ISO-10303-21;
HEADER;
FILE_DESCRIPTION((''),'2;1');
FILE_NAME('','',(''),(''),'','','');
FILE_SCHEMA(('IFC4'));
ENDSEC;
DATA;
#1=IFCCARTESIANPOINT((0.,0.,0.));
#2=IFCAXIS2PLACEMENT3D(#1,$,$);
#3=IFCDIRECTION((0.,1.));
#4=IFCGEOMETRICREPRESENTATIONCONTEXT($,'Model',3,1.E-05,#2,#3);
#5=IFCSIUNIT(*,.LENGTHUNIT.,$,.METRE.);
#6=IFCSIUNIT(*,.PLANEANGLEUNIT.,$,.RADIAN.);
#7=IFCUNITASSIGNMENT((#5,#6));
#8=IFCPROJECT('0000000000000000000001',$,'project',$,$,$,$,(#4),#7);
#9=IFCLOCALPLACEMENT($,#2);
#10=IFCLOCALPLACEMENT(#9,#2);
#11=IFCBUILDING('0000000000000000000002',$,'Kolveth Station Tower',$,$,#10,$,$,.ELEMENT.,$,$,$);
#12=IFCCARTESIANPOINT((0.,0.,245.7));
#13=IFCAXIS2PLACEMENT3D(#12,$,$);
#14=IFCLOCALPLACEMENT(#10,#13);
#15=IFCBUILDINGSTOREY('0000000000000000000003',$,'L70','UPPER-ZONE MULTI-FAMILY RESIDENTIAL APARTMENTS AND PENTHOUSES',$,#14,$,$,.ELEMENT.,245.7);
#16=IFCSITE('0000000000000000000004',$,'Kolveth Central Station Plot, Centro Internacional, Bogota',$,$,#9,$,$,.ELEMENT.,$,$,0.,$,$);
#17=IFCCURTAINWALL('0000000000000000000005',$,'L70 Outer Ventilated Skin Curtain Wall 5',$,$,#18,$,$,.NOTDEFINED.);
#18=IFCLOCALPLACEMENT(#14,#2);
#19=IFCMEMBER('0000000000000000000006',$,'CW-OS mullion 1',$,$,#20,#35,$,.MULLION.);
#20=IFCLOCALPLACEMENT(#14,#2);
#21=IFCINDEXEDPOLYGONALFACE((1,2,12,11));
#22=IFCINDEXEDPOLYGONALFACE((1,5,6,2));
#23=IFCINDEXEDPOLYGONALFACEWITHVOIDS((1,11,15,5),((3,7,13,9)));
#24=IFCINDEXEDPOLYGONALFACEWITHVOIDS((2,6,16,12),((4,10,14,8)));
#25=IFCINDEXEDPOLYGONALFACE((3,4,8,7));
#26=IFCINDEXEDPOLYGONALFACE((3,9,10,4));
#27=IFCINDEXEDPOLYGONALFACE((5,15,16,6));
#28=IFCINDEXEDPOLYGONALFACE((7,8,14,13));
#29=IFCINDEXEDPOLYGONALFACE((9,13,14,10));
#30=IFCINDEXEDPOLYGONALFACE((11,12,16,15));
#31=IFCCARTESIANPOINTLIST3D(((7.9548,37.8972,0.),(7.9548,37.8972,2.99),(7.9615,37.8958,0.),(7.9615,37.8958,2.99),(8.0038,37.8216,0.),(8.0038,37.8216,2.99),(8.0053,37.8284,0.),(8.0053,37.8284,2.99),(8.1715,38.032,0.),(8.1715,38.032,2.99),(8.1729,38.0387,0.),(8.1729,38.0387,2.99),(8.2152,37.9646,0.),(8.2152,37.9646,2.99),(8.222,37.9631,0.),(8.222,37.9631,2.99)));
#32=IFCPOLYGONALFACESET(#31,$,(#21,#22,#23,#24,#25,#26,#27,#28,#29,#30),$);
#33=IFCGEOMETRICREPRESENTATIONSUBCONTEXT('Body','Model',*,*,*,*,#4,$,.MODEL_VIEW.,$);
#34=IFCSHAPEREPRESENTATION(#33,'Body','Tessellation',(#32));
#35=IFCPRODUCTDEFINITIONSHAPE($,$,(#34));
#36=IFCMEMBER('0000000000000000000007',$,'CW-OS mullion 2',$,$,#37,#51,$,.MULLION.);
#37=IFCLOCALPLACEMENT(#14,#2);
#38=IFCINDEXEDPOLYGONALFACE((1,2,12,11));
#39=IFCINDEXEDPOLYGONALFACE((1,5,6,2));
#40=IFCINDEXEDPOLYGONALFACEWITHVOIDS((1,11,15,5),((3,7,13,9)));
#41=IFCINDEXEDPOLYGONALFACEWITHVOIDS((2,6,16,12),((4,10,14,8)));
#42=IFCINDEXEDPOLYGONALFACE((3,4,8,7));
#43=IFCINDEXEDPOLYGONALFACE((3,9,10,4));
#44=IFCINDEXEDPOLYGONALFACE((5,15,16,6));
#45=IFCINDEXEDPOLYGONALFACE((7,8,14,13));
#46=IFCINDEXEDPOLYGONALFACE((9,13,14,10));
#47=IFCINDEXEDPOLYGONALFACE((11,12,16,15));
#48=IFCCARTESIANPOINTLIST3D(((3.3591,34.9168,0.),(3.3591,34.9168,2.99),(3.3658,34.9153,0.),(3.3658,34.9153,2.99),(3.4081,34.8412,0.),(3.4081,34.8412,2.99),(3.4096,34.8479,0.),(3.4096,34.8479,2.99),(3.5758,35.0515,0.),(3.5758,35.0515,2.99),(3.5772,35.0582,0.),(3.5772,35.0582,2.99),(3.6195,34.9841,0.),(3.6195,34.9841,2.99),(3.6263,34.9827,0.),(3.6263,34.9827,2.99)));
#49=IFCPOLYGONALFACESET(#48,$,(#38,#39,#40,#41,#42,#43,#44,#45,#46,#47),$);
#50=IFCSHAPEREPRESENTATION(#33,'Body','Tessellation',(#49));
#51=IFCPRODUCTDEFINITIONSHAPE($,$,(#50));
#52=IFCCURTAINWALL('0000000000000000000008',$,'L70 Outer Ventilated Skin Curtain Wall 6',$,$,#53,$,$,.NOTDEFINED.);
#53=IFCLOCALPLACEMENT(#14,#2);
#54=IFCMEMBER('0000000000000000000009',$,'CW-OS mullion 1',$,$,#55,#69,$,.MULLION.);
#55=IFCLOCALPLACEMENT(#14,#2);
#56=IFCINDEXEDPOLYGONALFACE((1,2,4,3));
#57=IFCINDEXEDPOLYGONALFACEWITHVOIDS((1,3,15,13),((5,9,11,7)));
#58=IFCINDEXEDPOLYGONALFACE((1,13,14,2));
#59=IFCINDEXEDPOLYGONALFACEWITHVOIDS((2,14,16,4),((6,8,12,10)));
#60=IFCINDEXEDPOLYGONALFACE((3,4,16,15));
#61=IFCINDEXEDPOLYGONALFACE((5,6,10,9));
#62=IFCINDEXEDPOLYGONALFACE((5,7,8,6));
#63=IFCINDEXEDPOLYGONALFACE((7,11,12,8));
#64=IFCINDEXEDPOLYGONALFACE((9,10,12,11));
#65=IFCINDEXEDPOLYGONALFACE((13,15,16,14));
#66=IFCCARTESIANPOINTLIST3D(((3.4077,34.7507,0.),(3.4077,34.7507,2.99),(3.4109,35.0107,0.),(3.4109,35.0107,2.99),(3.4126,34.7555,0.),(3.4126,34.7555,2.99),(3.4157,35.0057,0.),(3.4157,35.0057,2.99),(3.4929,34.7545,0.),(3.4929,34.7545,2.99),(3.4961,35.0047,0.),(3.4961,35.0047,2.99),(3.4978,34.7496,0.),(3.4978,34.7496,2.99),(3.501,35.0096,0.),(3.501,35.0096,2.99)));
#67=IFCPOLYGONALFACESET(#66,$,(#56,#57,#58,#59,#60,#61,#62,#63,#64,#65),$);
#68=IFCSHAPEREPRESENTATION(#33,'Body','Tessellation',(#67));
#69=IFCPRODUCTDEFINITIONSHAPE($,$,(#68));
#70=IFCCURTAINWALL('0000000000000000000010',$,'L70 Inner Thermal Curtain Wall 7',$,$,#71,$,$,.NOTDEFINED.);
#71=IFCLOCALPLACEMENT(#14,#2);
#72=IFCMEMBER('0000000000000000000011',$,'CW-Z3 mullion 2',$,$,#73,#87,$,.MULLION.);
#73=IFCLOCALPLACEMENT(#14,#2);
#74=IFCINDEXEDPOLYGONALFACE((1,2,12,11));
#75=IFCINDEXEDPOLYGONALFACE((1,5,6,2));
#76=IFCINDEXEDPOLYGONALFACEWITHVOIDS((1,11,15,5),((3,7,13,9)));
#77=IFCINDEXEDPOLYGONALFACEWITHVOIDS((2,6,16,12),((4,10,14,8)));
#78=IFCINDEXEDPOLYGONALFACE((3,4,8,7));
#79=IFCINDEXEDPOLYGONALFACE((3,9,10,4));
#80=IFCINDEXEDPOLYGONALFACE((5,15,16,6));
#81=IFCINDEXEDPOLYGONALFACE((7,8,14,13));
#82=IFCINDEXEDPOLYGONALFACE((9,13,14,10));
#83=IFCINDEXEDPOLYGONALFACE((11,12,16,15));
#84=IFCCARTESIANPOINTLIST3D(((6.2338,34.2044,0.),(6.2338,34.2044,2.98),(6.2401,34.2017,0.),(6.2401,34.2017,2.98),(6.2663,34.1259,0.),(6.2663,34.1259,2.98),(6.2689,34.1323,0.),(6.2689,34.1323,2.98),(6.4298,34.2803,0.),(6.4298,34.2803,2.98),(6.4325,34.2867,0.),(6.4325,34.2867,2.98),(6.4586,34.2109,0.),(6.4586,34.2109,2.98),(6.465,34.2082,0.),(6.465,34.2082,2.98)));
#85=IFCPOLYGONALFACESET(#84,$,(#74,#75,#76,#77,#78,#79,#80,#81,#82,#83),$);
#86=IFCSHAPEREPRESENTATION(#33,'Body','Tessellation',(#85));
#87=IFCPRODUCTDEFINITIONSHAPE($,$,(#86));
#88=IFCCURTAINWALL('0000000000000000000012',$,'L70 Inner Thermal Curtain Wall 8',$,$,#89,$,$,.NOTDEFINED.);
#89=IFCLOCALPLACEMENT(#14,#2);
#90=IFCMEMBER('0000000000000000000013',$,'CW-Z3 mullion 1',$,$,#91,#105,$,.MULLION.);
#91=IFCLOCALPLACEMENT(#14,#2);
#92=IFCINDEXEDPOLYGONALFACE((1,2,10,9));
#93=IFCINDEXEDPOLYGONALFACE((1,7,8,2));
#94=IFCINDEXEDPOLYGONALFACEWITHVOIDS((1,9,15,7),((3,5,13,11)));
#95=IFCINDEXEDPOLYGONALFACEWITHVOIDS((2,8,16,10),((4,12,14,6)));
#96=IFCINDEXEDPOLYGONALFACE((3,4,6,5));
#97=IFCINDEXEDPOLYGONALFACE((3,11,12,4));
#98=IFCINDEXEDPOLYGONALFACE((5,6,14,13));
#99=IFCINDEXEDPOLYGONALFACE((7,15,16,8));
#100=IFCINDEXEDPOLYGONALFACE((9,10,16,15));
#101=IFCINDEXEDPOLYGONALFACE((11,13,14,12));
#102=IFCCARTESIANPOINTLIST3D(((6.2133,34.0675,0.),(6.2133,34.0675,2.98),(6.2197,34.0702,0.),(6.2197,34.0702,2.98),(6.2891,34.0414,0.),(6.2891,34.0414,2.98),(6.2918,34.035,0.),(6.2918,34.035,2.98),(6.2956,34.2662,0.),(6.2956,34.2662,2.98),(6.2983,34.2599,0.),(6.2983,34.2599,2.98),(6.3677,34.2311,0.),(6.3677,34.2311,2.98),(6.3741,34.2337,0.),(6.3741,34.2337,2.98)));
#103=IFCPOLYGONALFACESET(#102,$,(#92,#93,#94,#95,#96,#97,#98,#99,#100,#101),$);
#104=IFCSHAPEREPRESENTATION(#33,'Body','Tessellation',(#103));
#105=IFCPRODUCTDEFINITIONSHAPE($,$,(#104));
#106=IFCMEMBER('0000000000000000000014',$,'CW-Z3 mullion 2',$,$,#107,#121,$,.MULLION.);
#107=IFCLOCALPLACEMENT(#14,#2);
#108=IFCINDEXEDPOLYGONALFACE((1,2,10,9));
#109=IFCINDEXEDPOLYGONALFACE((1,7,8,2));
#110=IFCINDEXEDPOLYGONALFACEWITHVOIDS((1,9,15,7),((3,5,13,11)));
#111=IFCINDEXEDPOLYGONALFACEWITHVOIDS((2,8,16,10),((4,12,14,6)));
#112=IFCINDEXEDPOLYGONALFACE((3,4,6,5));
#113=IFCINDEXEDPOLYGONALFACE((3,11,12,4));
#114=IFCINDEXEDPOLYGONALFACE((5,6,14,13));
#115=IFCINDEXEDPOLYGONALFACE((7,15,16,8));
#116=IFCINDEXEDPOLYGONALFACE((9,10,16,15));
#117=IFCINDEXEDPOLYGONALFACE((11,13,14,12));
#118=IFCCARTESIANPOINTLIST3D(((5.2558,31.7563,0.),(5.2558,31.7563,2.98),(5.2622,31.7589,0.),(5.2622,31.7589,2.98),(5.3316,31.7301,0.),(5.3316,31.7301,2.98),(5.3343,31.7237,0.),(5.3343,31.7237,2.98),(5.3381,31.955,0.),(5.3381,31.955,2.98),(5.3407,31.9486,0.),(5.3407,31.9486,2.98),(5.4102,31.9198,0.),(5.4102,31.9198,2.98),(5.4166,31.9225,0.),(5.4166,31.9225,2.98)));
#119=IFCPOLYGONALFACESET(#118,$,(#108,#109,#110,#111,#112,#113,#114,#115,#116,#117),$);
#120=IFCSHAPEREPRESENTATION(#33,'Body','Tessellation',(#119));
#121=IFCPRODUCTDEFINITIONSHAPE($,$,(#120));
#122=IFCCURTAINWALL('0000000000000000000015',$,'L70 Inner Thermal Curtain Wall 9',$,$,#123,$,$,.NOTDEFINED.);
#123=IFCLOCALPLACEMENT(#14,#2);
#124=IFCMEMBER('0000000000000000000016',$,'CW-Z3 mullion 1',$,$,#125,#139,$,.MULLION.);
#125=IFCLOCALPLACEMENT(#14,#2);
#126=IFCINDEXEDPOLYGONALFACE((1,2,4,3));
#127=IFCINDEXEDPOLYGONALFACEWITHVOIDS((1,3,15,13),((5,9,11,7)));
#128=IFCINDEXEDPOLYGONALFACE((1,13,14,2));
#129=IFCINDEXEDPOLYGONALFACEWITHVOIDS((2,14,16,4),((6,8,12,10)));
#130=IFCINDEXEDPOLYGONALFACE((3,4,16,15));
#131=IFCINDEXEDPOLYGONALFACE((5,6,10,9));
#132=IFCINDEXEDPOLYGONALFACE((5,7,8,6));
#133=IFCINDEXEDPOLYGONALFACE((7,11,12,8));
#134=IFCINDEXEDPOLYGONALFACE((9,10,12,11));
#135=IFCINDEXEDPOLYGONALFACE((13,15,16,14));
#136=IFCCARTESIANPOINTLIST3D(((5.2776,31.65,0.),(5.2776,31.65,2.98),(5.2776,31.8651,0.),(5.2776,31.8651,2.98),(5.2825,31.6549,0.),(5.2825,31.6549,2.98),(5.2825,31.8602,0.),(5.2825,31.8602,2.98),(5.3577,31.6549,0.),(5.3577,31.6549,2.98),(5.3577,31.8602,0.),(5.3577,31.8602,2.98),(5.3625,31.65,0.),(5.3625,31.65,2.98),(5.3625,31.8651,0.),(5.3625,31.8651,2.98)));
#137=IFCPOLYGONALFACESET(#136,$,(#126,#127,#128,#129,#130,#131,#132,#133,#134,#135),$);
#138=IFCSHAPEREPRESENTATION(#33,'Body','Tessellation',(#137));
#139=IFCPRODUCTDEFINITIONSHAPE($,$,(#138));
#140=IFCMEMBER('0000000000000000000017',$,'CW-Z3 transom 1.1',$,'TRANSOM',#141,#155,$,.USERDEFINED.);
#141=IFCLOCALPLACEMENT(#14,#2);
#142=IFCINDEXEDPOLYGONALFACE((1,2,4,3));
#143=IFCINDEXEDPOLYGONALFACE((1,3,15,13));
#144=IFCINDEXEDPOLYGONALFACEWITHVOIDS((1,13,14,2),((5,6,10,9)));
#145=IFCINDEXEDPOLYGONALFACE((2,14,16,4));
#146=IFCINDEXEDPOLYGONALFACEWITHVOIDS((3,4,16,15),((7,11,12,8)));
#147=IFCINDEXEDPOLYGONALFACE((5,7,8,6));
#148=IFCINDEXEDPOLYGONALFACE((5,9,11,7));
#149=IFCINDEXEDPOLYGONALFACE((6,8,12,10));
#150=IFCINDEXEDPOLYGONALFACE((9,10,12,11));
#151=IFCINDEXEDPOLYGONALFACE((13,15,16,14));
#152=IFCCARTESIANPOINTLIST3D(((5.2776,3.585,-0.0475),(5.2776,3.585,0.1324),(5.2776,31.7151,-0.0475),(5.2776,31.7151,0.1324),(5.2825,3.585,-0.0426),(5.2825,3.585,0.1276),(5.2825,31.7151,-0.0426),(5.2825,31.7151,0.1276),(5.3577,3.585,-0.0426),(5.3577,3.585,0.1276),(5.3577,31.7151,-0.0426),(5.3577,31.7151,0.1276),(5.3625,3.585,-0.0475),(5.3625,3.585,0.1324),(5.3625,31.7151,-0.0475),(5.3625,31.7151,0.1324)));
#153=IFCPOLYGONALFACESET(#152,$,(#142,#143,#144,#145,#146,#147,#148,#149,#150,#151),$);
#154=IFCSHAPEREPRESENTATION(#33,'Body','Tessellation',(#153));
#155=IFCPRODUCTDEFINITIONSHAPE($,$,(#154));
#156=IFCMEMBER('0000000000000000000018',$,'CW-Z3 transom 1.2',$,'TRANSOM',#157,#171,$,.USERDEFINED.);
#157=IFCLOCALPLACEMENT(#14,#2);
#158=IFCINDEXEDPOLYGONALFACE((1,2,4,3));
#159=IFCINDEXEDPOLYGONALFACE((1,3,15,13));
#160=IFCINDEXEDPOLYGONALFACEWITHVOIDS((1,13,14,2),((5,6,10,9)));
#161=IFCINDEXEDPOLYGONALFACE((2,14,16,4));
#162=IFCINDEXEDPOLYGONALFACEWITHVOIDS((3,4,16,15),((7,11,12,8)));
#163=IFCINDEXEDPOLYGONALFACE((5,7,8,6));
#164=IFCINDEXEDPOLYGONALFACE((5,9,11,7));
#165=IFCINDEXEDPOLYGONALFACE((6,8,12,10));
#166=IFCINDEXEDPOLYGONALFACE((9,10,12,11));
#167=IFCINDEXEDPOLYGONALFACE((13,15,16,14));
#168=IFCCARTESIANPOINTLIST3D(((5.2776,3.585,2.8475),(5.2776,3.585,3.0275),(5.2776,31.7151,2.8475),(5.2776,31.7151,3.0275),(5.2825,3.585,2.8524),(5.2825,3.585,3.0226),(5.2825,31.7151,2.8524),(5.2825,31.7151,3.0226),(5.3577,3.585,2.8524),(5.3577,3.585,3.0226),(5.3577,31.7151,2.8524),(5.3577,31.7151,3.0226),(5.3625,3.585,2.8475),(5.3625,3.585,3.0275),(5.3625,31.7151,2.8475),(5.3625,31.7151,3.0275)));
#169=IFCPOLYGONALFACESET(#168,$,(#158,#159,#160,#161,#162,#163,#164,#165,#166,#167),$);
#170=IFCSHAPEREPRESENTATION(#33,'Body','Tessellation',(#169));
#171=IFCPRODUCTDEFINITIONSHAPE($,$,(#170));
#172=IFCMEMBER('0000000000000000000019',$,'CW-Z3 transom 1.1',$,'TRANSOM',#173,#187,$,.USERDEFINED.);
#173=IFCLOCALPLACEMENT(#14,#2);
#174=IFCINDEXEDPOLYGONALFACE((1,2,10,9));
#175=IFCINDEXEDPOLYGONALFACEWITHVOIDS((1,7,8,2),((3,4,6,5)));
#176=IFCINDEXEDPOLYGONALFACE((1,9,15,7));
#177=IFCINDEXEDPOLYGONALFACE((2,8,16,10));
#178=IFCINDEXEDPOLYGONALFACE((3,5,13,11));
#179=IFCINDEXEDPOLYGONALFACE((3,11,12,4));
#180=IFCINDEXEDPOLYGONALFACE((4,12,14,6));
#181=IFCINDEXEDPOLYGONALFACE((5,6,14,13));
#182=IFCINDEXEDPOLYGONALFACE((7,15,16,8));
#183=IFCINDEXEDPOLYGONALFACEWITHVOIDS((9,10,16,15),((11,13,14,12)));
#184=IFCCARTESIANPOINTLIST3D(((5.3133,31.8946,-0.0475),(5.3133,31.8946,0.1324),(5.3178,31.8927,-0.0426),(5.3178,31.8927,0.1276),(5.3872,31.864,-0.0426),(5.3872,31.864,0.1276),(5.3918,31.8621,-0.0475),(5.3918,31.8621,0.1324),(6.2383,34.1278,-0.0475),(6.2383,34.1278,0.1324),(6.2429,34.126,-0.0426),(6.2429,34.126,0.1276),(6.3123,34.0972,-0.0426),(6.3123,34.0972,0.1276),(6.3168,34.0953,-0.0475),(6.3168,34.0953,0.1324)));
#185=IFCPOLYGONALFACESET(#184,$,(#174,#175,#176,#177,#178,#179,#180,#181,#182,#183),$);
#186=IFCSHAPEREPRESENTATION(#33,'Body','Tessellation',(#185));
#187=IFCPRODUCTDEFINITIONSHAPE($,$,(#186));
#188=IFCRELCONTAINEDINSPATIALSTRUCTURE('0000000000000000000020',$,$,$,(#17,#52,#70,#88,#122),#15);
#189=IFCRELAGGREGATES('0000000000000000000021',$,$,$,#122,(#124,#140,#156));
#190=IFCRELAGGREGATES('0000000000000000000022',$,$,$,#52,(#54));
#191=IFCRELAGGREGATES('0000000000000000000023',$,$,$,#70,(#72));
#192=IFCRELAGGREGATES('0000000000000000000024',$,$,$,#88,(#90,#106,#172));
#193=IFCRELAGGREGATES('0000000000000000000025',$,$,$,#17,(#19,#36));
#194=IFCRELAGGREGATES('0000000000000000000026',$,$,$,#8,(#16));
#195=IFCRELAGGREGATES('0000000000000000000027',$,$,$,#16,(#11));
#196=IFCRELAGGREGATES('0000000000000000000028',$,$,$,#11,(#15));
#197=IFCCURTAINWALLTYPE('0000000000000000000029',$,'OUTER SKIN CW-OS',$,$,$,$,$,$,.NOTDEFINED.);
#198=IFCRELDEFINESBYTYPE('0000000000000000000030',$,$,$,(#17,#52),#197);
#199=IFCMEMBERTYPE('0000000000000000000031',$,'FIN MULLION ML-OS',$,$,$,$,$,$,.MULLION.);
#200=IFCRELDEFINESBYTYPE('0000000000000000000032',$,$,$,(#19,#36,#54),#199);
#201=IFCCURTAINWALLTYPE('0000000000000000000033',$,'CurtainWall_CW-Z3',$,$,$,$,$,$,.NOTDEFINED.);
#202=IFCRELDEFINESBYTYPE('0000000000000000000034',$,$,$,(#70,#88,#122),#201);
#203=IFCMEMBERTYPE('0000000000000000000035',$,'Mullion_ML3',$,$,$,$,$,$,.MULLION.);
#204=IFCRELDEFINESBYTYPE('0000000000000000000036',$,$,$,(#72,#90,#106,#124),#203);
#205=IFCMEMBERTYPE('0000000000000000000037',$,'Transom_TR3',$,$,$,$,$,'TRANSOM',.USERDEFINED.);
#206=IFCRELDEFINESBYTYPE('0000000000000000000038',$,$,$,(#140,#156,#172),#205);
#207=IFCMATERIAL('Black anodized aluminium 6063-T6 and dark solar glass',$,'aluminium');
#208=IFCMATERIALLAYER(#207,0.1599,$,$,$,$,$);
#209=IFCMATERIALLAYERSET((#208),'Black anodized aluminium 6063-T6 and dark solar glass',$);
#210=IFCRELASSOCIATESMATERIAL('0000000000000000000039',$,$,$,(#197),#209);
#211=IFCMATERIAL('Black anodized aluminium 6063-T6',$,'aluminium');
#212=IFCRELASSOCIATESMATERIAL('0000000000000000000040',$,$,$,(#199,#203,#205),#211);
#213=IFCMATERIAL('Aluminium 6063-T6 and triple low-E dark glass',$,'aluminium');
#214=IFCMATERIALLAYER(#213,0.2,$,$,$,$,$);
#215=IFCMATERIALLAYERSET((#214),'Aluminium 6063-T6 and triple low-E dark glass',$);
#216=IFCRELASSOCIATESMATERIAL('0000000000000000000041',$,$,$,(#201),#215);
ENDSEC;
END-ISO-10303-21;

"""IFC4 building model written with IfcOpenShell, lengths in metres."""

from ifc_helpers import new_model, si_unit, direction, frame, origin, origin_2d, place, context, subcontext, project, spatial, hollow_rectangle, extrude, source, transform, mapped, material, layer, layer_set, material_profile, profile_set, type_object, element, aggregate, save


model = new_model("IFC4")

# Units and contexts
model_context = context("Model", 3, precision=1e-05, world=origin(), true_north=direction((0.0, 1.0)))
body_context = subcontext(model_context, "Body", "Model", "MODEL_VIEW")
ifc_project = project(units=[si_unit("LENGTHUNIT", "METRE"), si_unit("PLANEANGLEUNIT", "RADIAN")], contexts=[model_context])

# Site, building, storey
site_placement = place(None, origin())
site = spatial("IfcSite", under=ifc_project, at=site_placement, Name="Kolveth Central Station Plot, Centro Internacional, Bogota", CompositionType="ELEMENT", RefElevation=0.0)
building_placement = place(site_placement, origin())
building = spatial("IfcBuilding", under=site, at=building_placement, Name="Kolveth Station Tower", CompositionType="ELEMENT")
storey_placement = place(building_placement, frame((0.0, 0.0, 245.7)))
storey = spatial("IfcBuildingStorey", under=building, at=storey_placement, Name="L70", Description="UPPER-ZONE MULTI-FAMILY RESIDENTIAL APARTMENTS AND PENTHOUSES", CompositionType="ELEMENT", Elevation=245.7)

# Curtain wall, members
ifc_material_1 = material(Name="Black anodized aluminium 6063-T6 and dark solar glass", Category="aluminium")
ifc_layer_1 = layer(ifc_material_1, 0.1599)
ifc_layer_set_1 = layer_set([ifc_layer_1], Name="Black anodized aluminium 6063-T6 and dark solar glass")
curtain_wall_type_1 = type_object("IfcCurtainWallType", Name="OUTER SKIN CW-OS", PredefinedType="NOTDEFINED", material=ifc_layer_set_1)
curtain_wall_1_placement = place(storey_placement, origin())
curtain_wall_1 = element("IfcCurtainWall", 1, at=curtain_wall_1_placement, inside=storey, type_object=curtain_wall_type_1, Name="L70 Outer Ventilated Skin Curtain Wall 5", PredefinedType="NOTDEFINED")
ifc_material_2 = material(Name="Black anodized aluminium 6063-T6", Category="aluminium")
ifc_material_profile_1 = material_profile(ifc_material_2, hollow_rectangle(XDim=0.0901, YDim=0.26, WallThickness=0.0049, at=origin_2d()), Name="ALU-90x260x5")
ifc_profile_set_1 = profile_set([ifc_material_profile_1], Name="Black anodized aluminium 6063-T6")
member_type_1 = type_object("IfcMemberType", Name="FIN MULLION ML-OS", PredefinedType="MULLION", material=ifc_profile_set_1)
shared_shape_1 = source(origin(), body_context, "Body", "SweptSolid", [
    extrude(hollow_rectangle(XDim=0.0901, YDim=0.26, WallThickness=0.0049, at=origin_2d()), origin(), (0.0, 0.0, 1.0), 2.99),
])
member_1_placement = place(storey_placement, frame((8.0884, 37.9302, 0.0), z_axis=(0.0, 0.0, 1.0), x_axis=(0.54414, -0.838994, 0.0)))
member_1 = element("IfcMember", 2, at=member_1_placement, type_object=member_type_1, Name="CW-OS mullion 1", PredefinedType="MULLION", context=body_context, shape_type="MappedRepresentation", body=[
    mapped(shared_shape_1, transform((0.0, 0.0, 0.0), x_axis=(1.0, 0.0, 0.0), y_axis=(0.0, 1.0, 0.0), z_axis=(0.0, 0.0, 1.0), scale=1.0)),
])
member_2_placement = place(storey_placement, frame((3.4927, 34.9497, 0.0), z_axis=(0.0, 0.0, 1.0), x_axis=(0.54414, -0.838994, 0.0)))
member_2 = element("IfcMember", 3, at=member_2_placement, type_object=member_type_1, Name="CW-OS mullion 2", PredefinedType="MULLION", context=body_context, shape_type="MappedRepresentation", body=[
    mapped(shared_shape_1, transform((0.0, 0.0, 0.0), x_axis=(1.0, 0.0, 0.0), y_axis=(0.0, 1.0, 0.0), z_axis=(0.0, 0.0, 1.0), scale=1.0)),
])

# Curtain walls, members
curtain_wall_2_placement = place(storey_placement, origin())
curtain_wall_2 = element("IfcCurtainWall", 4, at=curtain_wall_2_placement, inside=storey, type_object=curtain_wall_type_1, Name="L70 Outer Ventilated Skin Curtain Wall 6", PredefinedType="NOTDEFINED")
member_3_placement = place(storey_placement, frame((3.4543, 34.8801, 0.0), z_axis=(0.0, 0.0, 1.0), x_axis=(0.999923, -0.012427, 0.0)))
member_3 = element("IfcMember", 5, at=member_3_placement, type_object=member_type_1, Name="CW-OS mullion 1", PredefinedType="MULLION", context=body_context, shape_type="MappedRepresentation", body=[
    mapped(shared_shape_1, transform((0.0, 0.0, 0.0), x_axis=(1.0, 0.0, 0.0), y_axis=(0.0, 1.0, 0.0), z_axis=(0.0, 0.0, 1.0), scale=1.0)),
])
ifc_material_3 = material(Name="Aluminium 6063-T6 and triple low-E dark glass", Category="aluminium")
ifc_layer_2 = layer(ifc_material_3, 0.2)
ifc_layer_set_2 = layer_set([ifc_layer_2], Name="Aluminium 6063-T6 and triple low-E dark glass")
curtain_wall_type_2 = type_object("IfcCurtainWallType", Name="CurtainWall_CW-Z3", PredefinedType="NOTDEFINED", material=ifc_layer_set_2)
curtain_wall_3_placement = place(storey_placement, origin())
curtain_wall_3 = element("IfcCurtainWall", 6, at=curtain_wall_3_placement, inside=storey, type_object=curtain_wall_type_2, Name="L70 Inner Thermal Curtain Wall 7", PredefinedType="NOTDEFINED")
ifc_material_profile_2 = material_profile(ifc_material_2, hollow_rectangle(XDim=0.085, YDim=0.2151, WallThickness=0.0049, at=origin_2d()), Name="ALU-85x215x5")
ifc_profile_set_2 = profile_set([ifc_material_profile_2], Name="Black anodized aluminium 6063-T6")
member_type_2 = type_object("IfcMemberType", Name="Mullion_ML3", PredefinedType="MULLION", material=ifc_profile_set_2)
shared_shape_2 = source(origin(), body_context, "Body", "SweptSolid", [
    extrude(hollow_rectangle(XDim=0.085, YDim=0.2151, WallThickness=0.0049, at=origin_2d()), origin(), (0.0, 0.0, 1.0), 2.98),
])
member_4_placement = place(storey_placement, frame((6.3494, 34.2063, 0.0), z_axis=(0.0, 0.0, 1.0), x_axis=(0.382693, -0.923875, 0.0)))
member_4 = element("IfcMember", 7, at=member_4_placement, type_object=member_type_2, Name="CW-Z3 mullion 2", PredefinedType="MULLION", context=body_context, shape_type="MappedRepresentation", body=[
    mapped(shared_shape_2, transform((0.0, 0.0, 0.0), x_axis=(1.0, 0.0, 0.0), y_axis=(0.0, 1.0, 0.0), z_axis=(0.0, 0.0, 1.0), scale=1.0)),
])

# Curtain walls, members
curtain_wall_4_placement = place(storey_placement, origin())
curtain_wall_4 = element("IfcCurtainWall", 8, at=curtain_wall_4_placement, inside=storey, type_object=curtain_wall_type_2, Name="L70 Inner Thermal Curtain Wall 8", PredefinedType="NOTDEFINED")
member_5_placement = place(storey_placement, frame((6.2937, 34.1506, 0.0), z_axis=(0.0, 0.0, 1.0), x_axis=(0.923875, -0.382693, 0.0)))
member_5 = element("IfcMember", 9, at=member_5_placement, type_object=member_type_2, Name="CW-Z3 mullion 1", PredefinedType="MULLION", context=body_context, shape_type="MappedRepresentation", body=[
    mapped(shared_shape_2, transform((0.0, 0.0, 0.0), x_axis=(1.0, 0.0, 0.0), y_axis=(0.0, 1.0, 0.0), z_axis=(0.0, 0.0, 1.0), scale=1.0)),
])
member_6_placement = place(storey_placement, frame((5.3362, 31.8394, 0.0), z_axis=(0.0, 0.0, 1.0), x_axis=(0.923875, -0.382693, 0.0)))
member_6 = element("IfcMember", 10, at=member_6_placement, type_object=member_type_2, Name="CW-Z3 mullion 2", PredefinedType="MULLION", context=body_context, shape_type="MappedRepresentation", body=[
    mapped(shared_shape_2, transform((0.0, 0.0, 0.0), x_axis=(1.0, 0.0, 0.0), y_axis=(0.0, 1.0, 0.0), z_axis=(0.0, 0.0, 1.0), scale=1.0)),
])
curtain_wall_5_placement = place(storey_placement, origin())
curtain_wall_5 = element("IfcCurtainWall", 11, at=curtain_wall_5_placement, inside=storey, type_object=curtain_wall_type_2, Name="L70 Inner Thermal Curtain Wall 9", PredefinedType="NOTDEFINED")
member_7_placement = place(storey_placement, frame((5.3201, 31.7576, 0.0), z_axis=(0.0, 0.0, 1.0), x_axis=(1.0, 0.0, 0.0)))
member_7 = element("IfcMember", 12, at=member_7_placement, type_object=member_type_2, Name="CW-Z3 mullion 1", PredefinedType="MULLION", context=body_context, shape_type="MappedRepresentation", body=[
    mapped(shared_shape_2, transform((0.0, 0.0, 0.0), x_axis=(1.0, 0.0, 0.0), y_axis=(0.0, 1.0, 0.0), z_axis=(0.0, 0.0, 1.0), scale=1.0)),
])
ifc_material_profile_3 = material_profile(ifc_material_2, hollow_rectangle(XDim=0.085, YDim=0.1799, WallThickness=0.0049, at=origin_2d()), Name="ALU-85x180x5")
ifc_profile_set_3 = profile_set([ifc_material_profile_3], Name="Black anodized aluminium 6063-T6")
member_type_3 = type_object("IfcMemberType", Name="Transom_TR3", ElementType="TRANSOM", PredefinedType="USERDEFINED", material=ifc_profile_set_3)
shared_shape_3 = source(origin(), body_context, "Body", "SweptSolid", [
    extrude(hollow_rectangle(XDim=0.085, YDim=0.1799, WallThickness=0.0049, at=origin_2d()), origin(), (0.0, 0.0, 1.0), 28.1301),
])
member_8_placement = place(storey_placement, frame((5.3201, 31.7151, 0.0425), z_axis=(0.0, -1.0, 0.0), x_axis=(1.0, 0.0, 0.0)))
member_8 = element("IfcMember", 13, at=member_8_placement, type_object=member_type_3, Name="CW-Z3 transom 1.1", ObjectType="TRANSOM", PredefinedType="USERDEFINED", context=body_context, shape_type="MappedRepresentation", body=[
    mapped(shared_shape_3, transform((0.0, 0.0, 0.0), x_axis=(1.0, 0.0, 0.0), y_axis=(0.0, 1.0, 0.0), z_axis=(0.0, 0.0, 1.0), scale=1.0)),
])
member_9_placement = place(storey_placement, frame((5.3201, 31.7151, 2.9375), z_axis=(0.0, -1.0, 0.0), x_axis=(1.0, 0.0, 0.0)))
member_9 = element("IfcMember", 14, at=member_9_placement, type_object=member_type_3, Name="CW-Z3 transom 1.2", ObjectType="TRANSOM", PredefinedType="USERDEFINED", context=body_context, shape_type="MappedRepresentation", body=[
    mapped(shared_shape_3, transform((0.0, 0.0, 0.0), x_axis=(1.0, 0.0, 0.0), y_axis=(0.0, 1.0, 0.0), z_axis=(0.0, 0.0, 1.0), scale=1.0)),
])
aggregate(curtain_wall_5, [member_7, member_8, member_9])

# Member
shared_shape_4 = source(origin(), body_context, "Body", "SweptSolid", [
    extrude(hollow_rectangle(XDim=0.085, YDim=0.1799, WallThickness=0.0049, at=origin_2d()), origin(), (0.0, 0.0, 1.0), 2.4172),
])
member_10_placement = place(storey_placement, frame((6.2776, 34.1116, 0.0425), z_axis=(-0.3827, -0.923873, 0.0), x_axis=(0.923873, -0.3827, 0.0)))
member_10 = element("IfcMember", 15, at=member_10_placement, type_object=member_type_3, Name="CW-Z3 transom 1.1", ObjectType="TRANSOM", PredefinedType="USERDEFINED", context=body_context, shape_type="MappedRepresentation", body=[
    mapped(shared_shape_4, transform((0.0, 0.0, 0.0), x_axis=(1.0, 0.0, 0.0), y_axis=(0.0, 1.0, 0.0), z_axis=(0.0, 0.0, 1.0), scale=1.0)),
])
aggregate(curtain_wall_2, [member_3])

aggregate(curtain_wall_3, [member_4])
aggregate(curtain_wall_4, [member_5, member_6, member_10])
aggregate(curtain_wall_1, [member_1, member_2])

save(model, "model.ifc")
